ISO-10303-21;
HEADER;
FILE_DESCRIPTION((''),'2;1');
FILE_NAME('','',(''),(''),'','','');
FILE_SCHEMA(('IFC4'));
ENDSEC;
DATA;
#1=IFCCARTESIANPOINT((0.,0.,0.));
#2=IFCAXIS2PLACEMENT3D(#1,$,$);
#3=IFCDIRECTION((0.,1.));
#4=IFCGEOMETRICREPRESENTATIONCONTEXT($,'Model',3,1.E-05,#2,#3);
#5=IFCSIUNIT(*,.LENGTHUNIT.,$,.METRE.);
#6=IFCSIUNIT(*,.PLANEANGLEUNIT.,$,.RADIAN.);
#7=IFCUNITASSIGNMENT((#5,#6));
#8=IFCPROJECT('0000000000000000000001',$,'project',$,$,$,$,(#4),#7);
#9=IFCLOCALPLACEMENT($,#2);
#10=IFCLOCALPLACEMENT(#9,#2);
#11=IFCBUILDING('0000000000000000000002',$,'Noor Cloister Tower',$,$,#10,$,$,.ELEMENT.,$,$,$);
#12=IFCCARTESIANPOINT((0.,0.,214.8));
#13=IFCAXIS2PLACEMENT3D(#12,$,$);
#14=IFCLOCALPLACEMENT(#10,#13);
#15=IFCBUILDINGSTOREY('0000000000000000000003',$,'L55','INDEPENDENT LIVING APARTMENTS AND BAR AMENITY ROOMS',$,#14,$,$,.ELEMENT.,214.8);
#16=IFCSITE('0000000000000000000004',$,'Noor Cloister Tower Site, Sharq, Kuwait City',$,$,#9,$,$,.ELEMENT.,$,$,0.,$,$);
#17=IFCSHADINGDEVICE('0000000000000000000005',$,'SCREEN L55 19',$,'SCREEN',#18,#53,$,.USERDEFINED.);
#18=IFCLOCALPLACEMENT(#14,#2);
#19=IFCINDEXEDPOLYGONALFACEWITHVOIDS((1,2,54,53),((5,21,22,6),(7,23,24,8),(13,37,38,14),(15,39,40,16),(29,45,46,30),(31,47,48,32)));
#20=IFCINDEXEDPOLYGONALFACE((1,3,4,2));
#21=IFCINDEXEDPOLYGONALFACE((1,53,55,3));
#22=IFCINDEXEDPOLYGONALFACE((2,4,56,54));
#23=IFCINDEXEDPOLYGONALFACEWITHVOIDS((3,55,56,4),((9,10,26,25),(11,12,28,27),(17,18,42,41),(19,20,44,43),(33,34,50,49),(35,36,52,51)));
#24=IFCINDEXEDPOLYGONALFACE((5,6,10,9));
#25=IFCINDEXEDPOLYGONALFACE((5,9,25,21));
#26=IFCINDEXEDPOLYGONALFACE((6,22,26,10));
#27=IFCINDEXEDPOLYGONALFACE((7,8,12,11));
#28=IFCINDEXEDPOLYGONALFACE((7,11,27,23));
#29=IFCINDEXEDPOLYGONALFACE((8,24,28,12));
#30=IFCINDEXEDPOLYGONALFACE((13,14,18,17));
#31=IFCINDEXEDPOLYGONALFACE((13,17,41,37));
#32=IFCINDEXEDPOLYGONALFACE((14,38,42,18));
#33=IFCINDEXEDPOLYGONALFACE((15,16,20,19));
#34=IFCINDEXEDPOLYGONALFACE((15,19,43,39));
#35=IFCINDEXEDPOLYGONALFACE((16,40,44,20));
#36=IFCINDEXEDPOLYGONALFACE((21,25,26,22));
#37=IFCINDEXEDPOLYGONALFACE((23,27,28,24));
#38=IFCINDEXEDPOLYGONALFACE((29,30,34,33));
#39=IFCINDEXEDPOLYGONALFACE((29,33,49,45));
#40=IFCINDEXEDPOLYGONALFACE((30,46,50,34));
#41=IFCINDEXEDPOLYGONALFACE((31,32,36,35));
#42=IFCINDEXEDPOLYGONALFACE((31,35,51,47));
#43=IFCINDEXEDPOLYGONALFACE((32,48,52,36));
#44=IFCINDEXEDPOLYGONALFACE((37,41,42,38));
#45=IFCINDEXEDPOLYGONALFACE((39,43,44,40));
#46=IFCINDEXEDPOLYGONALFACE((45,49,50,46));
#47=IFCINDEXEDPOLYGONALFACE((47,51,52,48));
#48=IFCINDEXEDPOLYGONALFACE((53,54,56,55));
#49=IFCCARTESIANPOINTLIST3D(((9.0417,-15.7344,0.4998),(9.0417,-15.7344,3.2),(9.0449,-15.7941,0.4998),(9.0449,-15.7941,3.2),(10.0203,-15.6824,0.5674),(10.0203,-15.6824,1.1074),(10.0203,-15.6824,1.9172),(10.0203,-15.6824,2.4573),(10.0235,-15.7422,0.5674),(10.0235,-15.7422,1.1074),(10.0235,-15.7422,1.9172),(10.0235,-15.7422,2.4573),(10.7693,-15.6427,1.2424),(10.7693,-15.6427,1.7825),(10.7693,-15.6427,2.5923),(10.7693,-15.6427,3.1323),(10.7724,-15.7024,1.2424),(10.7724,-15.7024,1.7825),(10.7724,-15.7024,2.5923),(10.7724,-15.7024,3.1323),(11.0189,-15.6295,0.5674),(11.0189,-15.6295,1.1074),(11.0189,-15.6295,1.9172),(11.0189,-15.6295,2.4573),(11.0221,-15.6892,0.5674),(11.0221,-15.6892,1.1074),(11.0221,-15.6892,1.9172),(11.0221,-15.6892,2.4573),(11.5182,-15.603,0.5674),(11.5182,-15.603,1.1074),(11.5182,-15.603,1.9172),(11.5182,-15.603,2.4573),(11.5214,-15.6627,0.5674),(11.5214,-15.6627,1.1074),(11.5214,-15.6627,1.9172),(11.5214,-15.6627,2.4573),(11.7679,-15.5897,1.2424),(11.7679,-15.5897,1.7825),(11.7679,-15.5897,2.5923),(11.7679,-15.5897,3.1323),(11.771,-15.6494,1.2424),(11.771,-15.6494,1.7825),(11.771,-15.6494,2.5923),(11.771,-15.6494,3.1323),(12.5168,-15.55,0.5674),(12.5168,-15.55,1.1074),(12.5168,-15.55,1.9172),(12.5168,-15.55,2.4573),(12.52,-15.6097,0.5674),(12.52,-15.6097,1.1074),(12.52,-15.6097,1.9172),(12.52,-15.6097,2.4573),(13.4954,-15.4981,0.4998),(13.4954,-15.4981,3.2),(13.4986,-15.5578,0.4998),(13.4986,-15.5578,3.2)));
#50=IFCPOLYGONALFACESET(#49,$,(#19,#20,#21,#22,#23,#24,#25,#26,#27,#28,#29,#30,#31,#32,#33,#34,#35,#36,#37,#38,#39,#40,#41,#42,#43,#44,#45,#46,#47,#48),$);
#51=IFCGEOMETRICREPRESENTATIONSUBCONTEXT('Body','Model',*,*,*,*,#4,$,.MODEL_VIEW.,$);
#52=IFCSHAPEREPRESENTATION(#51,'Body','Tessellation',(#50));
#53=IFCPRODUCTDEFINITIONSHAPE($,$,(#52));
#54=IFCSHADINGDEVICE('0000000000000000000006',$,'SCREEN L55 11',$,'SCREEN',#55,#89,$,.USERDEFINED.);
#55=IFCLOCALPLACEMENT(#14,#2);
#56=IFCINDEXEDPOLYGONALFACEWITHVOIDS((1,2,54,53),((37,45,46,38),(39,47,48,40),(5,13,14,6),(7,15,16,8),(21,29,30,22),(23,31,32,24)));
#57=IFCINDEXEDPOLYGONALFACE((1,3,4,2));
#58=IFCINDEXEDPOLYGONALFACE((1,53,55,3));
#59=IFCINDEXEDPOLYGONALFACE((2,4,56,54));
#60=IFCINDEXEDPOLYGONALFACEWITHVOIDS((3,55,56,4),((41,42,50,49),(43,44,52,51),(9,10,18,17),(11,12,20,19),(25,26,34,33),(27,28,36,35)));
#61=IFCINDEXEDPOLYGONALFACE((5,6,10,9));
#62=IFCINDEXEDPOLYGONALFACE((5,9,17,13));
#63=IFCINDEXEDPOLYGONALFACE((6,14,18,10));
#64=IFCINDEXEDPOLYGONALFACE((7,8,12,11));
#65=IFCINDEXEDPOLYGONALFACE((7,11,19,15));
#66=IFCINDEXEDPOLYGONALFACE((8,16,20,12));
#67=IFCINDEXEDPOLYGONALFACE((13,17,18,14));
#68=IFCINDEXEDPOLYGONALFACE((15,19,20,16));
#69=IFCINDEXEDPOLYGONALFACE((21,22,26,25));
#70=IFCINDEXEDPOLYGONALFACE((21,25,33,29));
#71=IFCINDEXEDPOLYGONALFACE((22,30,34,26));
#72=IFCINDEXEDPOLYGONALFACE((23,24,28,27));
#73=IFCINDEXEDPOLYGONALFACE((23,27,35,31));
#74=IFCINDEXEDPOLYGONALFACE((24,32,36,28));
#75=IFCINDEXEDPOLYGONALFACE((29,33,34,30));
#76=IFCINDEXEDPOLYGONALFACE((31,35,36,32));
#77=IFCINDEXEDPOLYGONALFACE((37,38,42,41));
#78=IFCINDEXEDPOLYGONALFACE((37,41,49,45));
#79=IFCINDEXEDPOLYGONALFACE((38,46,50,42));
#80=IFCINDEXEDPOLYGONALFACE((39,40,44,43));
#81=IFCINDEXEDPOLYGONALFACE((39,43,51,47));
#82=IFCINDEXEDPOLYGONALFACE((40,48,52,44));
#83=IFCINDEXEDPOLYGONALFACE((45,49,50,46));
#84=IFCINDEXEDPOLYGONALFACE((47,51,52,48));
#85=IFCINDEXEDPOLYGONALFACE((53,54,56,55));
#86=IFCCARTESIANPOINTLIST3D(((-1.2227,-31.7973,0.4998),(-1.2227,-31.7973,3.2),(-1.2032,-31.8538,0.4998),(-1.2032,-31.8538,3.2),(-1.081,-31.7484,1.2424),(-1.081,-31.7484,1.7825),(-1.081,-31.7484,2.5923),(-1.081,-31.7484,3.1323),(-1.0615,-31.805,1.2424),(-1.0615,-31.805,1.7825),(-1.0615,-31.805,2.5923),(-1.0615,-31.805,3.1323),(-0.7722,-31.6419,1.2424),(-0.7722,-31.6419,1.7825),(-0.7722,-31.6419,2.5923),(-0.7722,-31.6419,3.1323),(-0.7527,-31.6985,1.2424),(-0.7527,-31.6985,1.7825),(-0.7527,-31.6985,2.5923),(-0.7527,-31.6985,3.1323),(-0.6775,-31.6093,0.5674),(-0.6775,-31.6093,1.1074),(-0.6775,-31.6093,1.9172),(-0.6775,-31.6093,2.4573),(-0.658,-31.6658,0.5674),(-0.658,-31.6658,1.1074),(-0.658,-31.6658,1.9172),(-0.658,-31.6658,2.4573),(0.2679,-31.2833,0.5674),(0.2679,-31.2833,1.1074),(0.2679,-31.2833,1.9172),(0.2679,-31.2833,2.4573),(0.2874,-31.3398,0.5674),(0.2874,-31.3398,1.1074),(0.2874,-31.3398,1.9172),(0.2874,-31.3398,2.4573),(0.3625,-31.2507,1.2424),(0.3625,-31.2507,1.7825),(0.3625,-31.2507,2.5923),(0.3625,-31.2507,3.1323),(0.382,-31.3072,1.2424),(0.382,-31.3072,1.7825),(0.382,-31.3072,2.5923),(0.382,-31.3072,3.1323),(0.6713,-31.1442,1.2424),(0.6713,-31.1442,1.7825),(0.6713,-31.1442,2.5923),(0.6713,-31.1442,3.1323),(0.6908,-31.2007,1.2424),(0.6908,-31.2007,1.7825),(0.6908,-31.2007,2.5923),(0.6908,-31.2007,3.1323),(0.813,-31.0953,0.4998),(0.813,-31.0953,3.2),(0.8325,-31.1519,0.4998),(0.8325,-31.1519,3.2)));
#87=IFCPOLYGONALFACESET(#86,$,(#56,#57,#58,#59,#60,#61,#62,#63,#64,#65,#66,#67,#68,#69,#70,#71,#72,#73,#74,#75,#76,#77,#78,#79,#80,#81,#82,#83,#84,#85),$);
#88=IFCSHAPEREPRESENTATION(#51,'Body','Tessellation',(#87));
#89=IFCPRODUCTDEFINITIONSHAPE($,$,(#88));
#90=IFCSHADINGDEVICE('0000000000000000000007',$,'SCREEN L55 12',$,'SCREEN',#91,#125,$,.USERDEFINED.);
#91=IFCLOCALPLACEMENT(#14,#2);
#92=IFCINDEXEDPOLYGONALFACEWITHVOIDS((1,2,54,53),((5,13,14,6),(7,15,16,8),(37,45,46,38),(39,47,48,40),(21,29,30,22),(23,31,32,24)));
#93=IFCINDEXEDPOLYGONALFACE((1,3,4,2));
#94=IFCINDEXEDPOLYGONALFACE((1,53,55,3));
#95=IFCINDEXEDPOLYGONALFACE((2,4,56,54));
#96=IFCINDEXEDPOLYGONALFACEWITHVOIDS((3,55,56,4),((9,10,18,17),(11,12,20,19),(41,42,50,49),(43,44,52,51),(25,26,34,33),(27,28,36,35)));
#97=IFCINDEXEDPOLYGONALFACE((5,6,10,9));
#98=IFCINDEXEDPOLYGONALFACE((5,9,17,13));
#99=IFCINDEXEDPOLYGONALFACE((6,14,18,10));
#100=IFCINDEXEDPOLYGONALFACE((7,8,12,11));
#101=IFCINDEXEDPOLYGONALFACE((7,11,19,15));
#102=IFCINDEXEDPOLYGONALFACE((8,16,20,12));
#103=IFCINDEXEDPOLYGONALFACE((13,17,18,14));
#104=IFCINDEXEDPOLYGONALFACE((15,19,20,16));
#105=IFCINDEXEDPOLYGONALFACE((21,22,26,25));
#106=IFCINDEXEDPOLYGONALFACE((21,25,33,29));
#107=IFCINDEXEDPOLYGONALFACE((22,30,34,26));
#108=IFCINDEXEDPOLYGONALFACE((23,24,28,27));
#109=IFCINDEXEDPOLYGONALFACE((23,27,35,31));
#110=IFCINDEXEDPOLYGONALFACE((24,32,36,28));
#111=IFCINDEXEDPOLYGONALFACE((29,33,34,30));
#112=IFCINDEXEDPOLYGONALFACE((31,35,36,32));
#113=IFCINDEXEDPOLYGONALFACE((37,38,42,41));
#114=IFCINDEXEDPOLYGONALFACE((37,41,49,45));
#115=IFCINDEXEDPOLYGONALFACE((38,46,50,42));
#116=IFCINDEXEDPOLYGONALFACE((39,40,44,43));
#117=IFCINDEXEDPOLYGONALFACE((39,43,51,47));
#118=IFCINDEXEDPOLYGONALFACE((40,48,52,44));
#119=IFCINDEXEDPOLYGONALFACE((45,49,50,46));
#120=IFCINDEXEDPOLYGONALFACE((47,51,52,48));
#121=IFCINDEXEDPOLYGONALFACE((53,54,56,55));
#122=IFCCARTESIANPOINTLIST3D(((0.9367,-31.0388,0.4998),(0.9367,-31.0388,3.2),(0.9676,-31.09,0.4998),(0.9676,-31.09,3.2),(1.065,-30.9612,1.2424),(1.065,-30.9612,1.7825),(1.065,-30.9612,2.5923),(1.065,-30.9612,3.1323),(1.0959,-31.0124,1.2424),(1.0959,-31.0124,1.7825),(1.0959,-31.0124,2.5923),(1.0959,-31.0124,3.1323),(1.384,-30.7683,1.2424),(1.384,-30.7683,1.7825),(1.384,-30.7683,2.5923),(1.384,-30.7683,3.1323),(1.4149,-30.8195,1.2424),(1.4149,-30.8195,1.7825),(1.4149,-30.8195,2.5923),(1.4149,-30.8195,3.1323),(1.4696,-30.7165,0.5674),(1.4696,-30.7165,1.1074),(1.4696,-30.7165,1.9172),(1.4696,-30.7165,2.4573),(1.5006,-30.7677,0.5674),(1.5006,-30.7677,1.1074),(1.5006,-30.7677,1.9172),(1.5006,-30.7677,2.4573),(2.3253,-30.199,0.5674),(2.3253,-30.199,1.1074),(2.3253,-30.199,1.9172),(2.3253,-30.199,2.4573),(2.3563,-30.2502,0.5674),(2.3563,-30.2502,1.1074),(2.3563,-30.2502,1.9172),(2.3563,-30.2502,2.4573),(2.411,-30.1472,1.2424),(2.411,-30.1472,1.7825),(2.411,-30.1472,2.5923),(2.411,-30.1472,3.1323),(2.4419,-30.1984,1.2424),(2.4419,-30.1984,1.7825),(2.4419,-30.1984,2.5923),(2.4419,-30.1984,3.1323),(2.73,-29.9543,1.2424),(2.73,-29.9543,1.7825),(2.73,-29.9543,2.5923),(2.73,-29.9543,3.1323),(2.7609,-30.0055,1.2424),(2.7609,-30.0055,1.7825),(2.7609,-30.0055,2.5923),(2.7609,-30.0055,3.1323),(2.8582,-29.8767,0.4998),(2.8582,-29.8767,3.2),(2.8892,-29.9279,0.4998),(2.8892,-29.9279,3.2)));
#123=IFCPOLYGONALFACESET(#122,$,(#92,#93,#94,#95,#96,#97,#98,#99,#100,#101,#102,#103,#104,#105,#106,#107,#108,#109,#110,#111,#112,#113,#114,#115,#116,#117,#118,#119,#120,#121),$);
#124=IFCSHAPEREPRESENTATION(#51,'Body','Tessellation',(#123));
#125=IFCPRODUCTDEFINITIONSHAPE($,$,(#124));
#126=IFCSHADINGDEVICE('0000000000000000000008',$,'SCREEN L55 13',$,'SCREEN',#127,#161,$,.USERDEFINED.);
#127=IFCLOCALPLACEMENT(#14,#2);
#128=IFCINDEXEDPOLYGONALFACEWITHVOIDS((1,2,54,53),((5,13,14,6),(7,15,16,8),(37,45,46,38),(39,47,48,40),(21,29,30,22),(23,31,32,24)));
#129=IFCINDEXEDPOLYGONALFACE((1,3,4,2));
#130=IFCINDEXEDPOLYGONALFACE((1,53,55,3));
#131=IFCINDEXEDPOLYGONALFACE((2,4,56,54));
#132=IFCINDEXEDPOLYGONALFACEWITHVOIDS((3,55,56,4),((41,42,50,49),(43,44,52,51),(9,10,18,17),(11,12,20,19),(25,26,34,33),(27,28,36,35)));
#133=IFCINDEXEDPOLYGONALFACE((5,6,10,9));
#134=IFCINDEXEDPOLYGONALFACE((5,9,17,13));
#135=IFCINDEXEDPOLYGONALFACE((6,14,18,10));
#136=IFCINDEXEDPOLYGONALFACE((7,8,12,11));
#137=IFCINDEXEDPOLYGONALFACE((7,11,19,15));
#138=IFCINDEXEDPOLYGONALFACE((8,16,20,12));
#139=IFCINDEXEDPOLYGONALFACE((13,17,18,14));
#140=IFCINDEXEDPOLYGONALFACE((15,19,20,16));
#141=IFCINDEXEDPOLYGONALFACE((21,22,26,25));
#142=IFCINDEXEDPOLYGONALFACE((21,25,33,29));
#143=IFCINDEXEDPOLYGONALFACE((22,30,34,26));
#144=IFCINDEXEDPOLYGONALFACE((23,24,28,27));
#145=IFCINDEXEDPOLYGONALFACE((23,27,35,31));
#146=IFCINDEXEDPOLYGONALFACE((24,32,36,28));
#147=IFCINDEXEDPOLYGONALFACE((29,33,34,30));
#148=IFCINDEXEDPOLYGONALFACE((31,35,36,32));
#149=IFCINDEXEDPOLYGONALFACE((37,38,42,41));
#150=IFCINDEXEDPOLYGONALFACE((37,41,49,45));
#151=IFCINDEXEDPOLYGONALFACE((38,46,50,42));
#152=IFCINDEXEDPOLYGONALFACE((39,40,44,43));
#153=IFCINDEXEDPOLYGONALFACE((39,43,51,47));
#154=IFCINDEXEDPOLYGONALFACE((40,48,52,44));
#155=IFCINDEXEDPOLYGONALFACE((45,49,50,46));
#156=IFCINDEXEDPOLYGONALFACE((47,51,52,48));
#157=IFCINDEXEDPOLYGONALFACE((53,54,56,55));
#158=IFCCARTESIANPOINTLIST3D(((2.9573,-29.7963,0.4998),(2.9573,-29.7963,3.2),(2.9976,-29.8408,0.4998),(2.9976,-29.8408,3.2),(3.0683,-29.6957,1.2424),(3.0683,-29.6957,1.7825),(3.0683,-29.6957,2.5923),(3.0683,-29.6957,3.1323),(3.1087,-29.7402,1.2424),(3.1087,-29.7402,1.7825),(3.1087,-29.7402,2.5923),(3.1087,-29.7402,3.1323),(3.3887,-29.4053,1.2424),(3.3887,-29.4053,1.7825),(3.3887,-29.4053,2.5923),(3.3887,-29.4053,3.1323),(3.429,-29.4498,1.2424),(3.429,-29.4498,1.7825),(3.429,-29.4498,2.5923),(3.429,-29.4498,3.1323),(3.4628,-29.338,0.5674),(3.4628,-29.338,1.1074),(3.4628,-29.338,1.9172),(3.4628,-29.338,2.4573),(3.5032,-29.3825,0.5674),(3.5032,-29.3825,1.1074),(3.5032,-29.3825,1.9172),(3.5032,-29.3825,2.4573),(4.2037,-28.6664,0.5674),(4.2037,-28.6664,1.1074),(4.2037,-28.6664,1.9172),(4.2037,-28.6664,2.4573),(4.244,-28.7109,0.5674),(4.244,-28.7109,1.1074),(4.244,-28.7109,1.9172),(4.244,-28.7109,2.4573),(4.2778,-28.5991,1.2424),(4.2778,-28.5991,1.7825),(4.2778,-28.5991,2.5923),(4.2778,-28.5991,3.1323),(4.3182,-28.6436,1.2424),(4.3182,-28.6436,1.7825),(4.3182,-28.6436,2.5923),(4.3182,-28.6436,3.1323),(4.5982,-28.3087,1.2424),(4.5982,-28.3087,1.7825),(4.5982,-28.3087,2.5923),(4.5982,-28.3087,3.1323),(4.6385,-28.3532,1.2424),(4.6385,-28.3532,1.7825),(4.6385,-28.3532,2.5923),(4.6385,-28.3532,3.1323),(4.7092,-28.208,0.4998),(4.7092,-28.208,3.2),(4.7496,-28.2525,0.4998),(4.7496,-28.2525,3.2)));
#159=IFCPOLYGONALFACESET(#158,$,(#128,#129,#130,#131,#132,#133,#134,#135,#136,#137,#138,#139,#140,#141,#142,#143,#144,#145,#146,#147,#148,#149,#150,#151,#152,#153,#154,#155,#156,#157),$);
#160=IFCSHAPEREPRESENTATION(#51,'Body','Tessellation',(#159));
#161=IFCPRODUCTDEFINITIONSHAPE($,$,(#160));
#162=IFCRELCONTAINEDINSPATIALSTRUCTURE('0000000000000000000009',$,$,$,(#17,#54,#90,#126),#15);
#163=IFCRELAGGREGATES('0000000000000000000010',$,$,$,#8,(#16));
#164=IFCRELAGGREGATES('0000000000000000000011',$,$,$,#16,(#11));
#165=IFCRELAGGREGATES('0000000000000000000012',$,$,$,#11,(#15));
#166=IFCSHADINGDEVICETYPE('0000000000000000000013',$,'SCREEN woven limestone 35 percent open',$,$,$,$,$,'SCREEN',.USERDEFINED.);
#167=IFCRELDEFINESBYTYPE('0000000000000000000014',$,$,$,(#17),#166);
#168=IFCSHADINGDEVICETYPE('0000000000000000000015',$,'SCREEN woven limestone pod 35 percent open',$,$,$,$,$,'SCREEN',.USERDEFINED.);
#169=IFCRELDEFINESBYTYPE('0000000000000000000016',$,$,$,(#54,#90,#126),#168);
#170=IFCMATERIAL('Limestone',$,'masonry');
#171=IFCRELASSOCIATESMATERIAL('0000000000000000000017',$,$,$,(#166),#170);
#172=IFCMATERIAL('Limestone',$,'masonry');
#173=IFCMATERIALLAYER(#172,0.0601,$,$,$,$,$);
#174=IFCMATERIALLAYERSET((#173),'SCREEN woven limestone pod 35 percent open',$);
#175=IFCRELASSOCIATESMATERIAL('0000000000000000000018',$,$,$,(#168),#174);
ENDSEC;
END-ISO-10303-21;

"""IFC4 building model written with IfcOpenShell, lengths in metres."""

from ifc_helpers import new_model, si_unit, direction, frame, origin, place, context, subcontext, project, spatial, polyline, outline, extrude, material, layer, layer_set, material_profile, profile_set, type_object, element, save


model = new_model("IFC4")

# Units and contexts
model_context = context("Model", 3, precision=1e-05, world=origin(), true_north=direction((0.0, 1.0)))
body_context = subcontext(model_context, "Body", "Model", "MODEL_VIEW")
ifc_project = project(units=[si_unit("LENGTHUNIT", "METRE"), si_unit("PLANEANGLEUNIT", "RADIAN")], contexts=[model_context])

# Site, building, storey
site_placement = place(None, origin())
site = spatial("IfcSite", under=ifc_project, at=site_placement, Name="Noor Cloister Tower Site, Sharq, Kuwait City", CompositionType="ELEMENT", RefElevation=0.0)
building_placement = place(site_placement, origin())
building = spatial("IfcBuilding", under=site, at=building_placement, Name="Noor Cloister Tower", CompositionType="ELEMENT")
storey_placement = place(building_placement, frame((0.0, 0.0, 214.8)))
storey = spatial("IfcBuildingStorey", under=building, at=storey_placement, Name="L55", Description="INDEPENDENT LIVING APARTMENTS AND BAR AMENITY ROOMS", CompositionType="ELEMENT", Elevation=214.8)

# Shading devices
ifc_material_1 = material(Name="Limestone", Category="masonry")
ifc_material_profile_1 = material_profile(ifc_material_1, outline(polyline([(-2.23, -1.3501), (2.23, -1.3501), (2.23, 1.3501), (-2.23, 1.3501), (-2.23, -1.3501)]), holes=[polyline([(-1.25, -1.2825), (-0.25, -1.2825), (-0.25, -0.7424), (-1.25, -0.7424), (-1.25, -1.2825)]), polyline([(0.25, -1.2825), (1.25, -1.2825), (1.25, -0.7424), (0.25, -0.7424), (0.25, -1.2825)]), polyline([(-0.5, -0.6074), (0.5, -0.6074), (0.5, -0.0674), (-0.5, -0.0674), (-0.5, -0.6074)]), polyline([(-1.25, 0.0674), (-0.25, 0.0674), (-0.25, 0.6074), (-1.25, 0.6074), (-1.25, 0.0674)]), polyline([(0.25, 0.0674), (1.25, 0.0674), (1.25, 0.6074), (0.25, 0.6074), (0.25, 0.0674)]), polyline([(-0.5, 0.7424), (0.5, 0.7424), (0.5, 1.2825), (-0.5, 1.2825), (-0.5, 0.7424)])]), Name="Woven screen 35 percent open")
ifc_profile_set_1 = profile_set([ifc_material_profile_1], Name="Limestone")
shading_device_type_1 = type_object("IfcShadingDeviceType", Name="SCREEN woven limestone 35 percent open", ElementType="SCREEN", PredefinedType="USERDEFINED", material=ifc_profile_set_1)
shading_device_1_placement = place(storey_placement, frame((11.2686, -15.6162, 1.8499), z_axis=(0.052987, -0.998595, 0.0), x_axis=(0.998595, 0.052987, 0.0)))
element("IfcShadingDevice", 1, at=shading_device_1_placement, inside=storey, type_object=shading_device_type_1, Name="SCREEN L55 19", ObjectType="SCREEN", PredefinedType="USERDEFINED", context=body_context, shape_type="SweptSolid", body=[
    extrude(outline(polyline([(-2.23, -1.3501), (2.23, -1.3501), (2.23, 1.3501), (-2.23, 1.3501), (-2.23, -1.3501)]), holes=[polyline([(-1.25, -1.2825), (-0.25, -1.2825), (-0.25, -0.7424), (-1.25, -0.7424), (-1.25, -1.2825)]), polyline([(0.25, -1.2825), (1.25, -1.2825), (1.25, -0.7424), (0.25, -0.7424), (0.25, -1.2825)]), polyline([(-0.5, -0.6074), (0.5, -0.6074), (0.5, -0.0674), (-0.5, -0.0674), (-0.5, -0.6074)]), polyline([(-1.25, 0.0674), (-0.25, 0.0674), (-0.25, 0.6074), (-1.25, 0.6074), (-1.25, 0.0674)]), polyline([(0.25, 0.0674), (1.25, 0.0674), (1.25, 0.6074), (0.25, 0.6074), (0.25, 0.0674)]), polyline([(-0.5, 0.7424), (0.5, 0.7424), (0.5, 1.2825), (-0.5, 1.2825), (-0.5, 0.7424)])]), origin(), (0.0, 0.0, 1.0), 0.0598),
])
ifc_material_2 = material(Name="Limestone", Category="masonry")
ifc_layer_1 = layer(ifc_material_2, 0.0601)
ifc_layer_set_1 = layer_set([ifc_layer_1], Name="SCREEN woven limestone pod 35 percent open")
shading_device_type_2 = type_object("IfcShadingDeviceType", Name="SCREEN woven limestone pod 35 percent open", ElementType="SCREEN", PredefinedType="USERDEFINED", material=ifc_layer_set_1)
shading_device_2_placement = place(storey_placement, frame((-0.2048, -31.4463, 1.8499), z_axis=(0.325991, -0.945373, 0.0), x_axis=(0.945373, 0.325991, 0.0)))
element("IfcShadingDevice", 2, at=shading_device_2_placement, inside=storey, type_object=shading_device_type_2, Name="SCREEN L55 11", ObjectType="SCREEN", PredefinedType="USERDEFINED", context=body_context, shape_type="SweptSolid", body=[
    extrude(outline(polyline([(-1.0767, -1.3501), (1.0767, -1.3501), (1.0767, 1.3501), (-1.0767, 1.3501), (-1.0767, -1.3501)]), holes=[polyline([(-0.5, -1.2825), (0.5, -1.2825), (0.5, -0.7424), (-0.5, -0.7424), (-0.5, -1.2825)]), polyline([(0.6001, -0.6074), (0.9268, -0.6074), (0.9268, -0.0674), (0.6001, -0.0674), (0.6001, -0.6074)]), polyline([(-0.9268, -0.6074), (-0.6001, -0.6074), (-0.6001, -0.0674), (-0.9268, -0.0674), (-0.9268, -0.6074)]), polyline([(-0.5, 0.0674), (0.5, 0.0674), (0.5, 0.6074), (-0.5, 0.6074), (-0.5, 0.0674)]), polyline([(0.6001, 0.7424), (0.9268, 0.7424), (0.9268, 1.2825), (0.6001, 1.2825), (0.6001, 0.7424)]), polyline([(-0.9268, 0.7424), (-0.6001, 0.7424), (-0.6001, 1.2825), (-0.9268, 1.2825), (-0.9268, 0.7424)])]), origin(), (0.0, 0.0, 1.0), 0.0598),
])
shading_device_3_placement = place(storey_placement, frame((1.8975, -30.4578, 1.8499), z_axis=(0.517489, -0.85569, 0.0), x_axis=(0.85569, 0.517489, 0.0)))
element("IfcShadingDevice", 3, at=shading_device_3_placement, inside=storey, type_object=shading_device_type_2, Name="SCREEN L55 12", ObjectType="SCREEN", PredefinedType="USERDEFINED", context=body_context, shape_type="SweptSolid", body=[
    extrude(outline(polyline([(-1.1228, -1.3501), (1.1228, -1.3501), (1.1228, 1.3501), (-1.1228, 1.3501), (-1.1228, -1.3501)]), holes=[polyline([(-0.5, -1.2825), (0.5, -1.2825), (0.5, -0.7424), (-0.5, -0.7424), (-0.5, -1.2825)]), polyline([(0.6001, -0.6074), (0.9729, -0.6074), (0.9729, -0.0674), (0.6001, -0.0674), (0.6001, -0.6074)]), polyline([(-0.9729, -0.6074), (-0.6001, -0.6074), (-0.6001, -0.0674), (-0.9729, -0.0674), (-0.9729, -0.6074)]), polyline([(-0.5, 0.0674), (0.5, 0.0674), (0.5, 0.6074), (-0.5, 0.6074), (-0.5, 0.0674)]), polyline([(0.6001, 0.7424), (0.9729, 0.7424), (0.9729, 1.2825), (0.6001, 1.2825), (0.6001, 0.7424)]), polyline([(-0.9729, 0.7424), (-0.6001, 0.7424), (-0.6001, 1.2825), (-0.9729, 1.2825), (-0.9729, 0.7424)])]), origin(), (0.0, 0.0, 1.0), 0.0598),
])
shading_device_4_placement = place(storey_placement, frame((3.8333, -29.0022, 1.8499), z_axis=(0.671659, -0.74086, 0.0), x_axis=(0.74086, 0.671659, 0.0)))
element("IfcShadingDevice", 4, at=shading_device_4_placement, inside=storey, type_object=shading_device_type_2, Name="SCREEN L55 13", ObjectType="SCREEN", PredefinedType="USERDEFINED", context=body_context, shape_type="SweptSolid", body=[
    extrude(outline(polyline([(-1.1824, -1.3501), (1.1824, -1.3501), (1.1824, 1.3501), (-1.1824, 1.3501), (-1.1824, -1.3501)]), holes=[polyline([(-0.5, -1.2825), (0.5, -1.2825), (0.5, -0.7424), (-0.5, -0.7424), (-0.5, -1.2825)]), polyline([(0.6001, -0.6074), (1.0325, -0.6074), (1.0325, -0.0674), (0.6001, -0.0674), (0.6001, -0.6074)]), polyline([(-1.0325, -0.6074), (-0.6001, -0.6074), (-0.6001, -0.0674), (-1.0325, -0.0674), (-1.0325, -0.6074)]), polyline([(-0.5, 0.0674), (0.5, 0.0674), (0.5, 0.6074), (-0.5, 0.6074), (-0.5, 0.0674)]), polyline([(0.6001, 0.7424), (1.0325, 0.7424), (1.0325, 1.2825), (0.6001, 1.2825), (0.6001, 0.7424)]), polyline([(-1.0325, 0.7424), (-0.6001, 0.7424), (-0.6001, 1.2825), (-1.0325, 1.2825), (-1.0325, 0.7424)])]), origin(), (0.0, 0.0, 1.0), 0.0601),
])

save(model, "model.ifc")
